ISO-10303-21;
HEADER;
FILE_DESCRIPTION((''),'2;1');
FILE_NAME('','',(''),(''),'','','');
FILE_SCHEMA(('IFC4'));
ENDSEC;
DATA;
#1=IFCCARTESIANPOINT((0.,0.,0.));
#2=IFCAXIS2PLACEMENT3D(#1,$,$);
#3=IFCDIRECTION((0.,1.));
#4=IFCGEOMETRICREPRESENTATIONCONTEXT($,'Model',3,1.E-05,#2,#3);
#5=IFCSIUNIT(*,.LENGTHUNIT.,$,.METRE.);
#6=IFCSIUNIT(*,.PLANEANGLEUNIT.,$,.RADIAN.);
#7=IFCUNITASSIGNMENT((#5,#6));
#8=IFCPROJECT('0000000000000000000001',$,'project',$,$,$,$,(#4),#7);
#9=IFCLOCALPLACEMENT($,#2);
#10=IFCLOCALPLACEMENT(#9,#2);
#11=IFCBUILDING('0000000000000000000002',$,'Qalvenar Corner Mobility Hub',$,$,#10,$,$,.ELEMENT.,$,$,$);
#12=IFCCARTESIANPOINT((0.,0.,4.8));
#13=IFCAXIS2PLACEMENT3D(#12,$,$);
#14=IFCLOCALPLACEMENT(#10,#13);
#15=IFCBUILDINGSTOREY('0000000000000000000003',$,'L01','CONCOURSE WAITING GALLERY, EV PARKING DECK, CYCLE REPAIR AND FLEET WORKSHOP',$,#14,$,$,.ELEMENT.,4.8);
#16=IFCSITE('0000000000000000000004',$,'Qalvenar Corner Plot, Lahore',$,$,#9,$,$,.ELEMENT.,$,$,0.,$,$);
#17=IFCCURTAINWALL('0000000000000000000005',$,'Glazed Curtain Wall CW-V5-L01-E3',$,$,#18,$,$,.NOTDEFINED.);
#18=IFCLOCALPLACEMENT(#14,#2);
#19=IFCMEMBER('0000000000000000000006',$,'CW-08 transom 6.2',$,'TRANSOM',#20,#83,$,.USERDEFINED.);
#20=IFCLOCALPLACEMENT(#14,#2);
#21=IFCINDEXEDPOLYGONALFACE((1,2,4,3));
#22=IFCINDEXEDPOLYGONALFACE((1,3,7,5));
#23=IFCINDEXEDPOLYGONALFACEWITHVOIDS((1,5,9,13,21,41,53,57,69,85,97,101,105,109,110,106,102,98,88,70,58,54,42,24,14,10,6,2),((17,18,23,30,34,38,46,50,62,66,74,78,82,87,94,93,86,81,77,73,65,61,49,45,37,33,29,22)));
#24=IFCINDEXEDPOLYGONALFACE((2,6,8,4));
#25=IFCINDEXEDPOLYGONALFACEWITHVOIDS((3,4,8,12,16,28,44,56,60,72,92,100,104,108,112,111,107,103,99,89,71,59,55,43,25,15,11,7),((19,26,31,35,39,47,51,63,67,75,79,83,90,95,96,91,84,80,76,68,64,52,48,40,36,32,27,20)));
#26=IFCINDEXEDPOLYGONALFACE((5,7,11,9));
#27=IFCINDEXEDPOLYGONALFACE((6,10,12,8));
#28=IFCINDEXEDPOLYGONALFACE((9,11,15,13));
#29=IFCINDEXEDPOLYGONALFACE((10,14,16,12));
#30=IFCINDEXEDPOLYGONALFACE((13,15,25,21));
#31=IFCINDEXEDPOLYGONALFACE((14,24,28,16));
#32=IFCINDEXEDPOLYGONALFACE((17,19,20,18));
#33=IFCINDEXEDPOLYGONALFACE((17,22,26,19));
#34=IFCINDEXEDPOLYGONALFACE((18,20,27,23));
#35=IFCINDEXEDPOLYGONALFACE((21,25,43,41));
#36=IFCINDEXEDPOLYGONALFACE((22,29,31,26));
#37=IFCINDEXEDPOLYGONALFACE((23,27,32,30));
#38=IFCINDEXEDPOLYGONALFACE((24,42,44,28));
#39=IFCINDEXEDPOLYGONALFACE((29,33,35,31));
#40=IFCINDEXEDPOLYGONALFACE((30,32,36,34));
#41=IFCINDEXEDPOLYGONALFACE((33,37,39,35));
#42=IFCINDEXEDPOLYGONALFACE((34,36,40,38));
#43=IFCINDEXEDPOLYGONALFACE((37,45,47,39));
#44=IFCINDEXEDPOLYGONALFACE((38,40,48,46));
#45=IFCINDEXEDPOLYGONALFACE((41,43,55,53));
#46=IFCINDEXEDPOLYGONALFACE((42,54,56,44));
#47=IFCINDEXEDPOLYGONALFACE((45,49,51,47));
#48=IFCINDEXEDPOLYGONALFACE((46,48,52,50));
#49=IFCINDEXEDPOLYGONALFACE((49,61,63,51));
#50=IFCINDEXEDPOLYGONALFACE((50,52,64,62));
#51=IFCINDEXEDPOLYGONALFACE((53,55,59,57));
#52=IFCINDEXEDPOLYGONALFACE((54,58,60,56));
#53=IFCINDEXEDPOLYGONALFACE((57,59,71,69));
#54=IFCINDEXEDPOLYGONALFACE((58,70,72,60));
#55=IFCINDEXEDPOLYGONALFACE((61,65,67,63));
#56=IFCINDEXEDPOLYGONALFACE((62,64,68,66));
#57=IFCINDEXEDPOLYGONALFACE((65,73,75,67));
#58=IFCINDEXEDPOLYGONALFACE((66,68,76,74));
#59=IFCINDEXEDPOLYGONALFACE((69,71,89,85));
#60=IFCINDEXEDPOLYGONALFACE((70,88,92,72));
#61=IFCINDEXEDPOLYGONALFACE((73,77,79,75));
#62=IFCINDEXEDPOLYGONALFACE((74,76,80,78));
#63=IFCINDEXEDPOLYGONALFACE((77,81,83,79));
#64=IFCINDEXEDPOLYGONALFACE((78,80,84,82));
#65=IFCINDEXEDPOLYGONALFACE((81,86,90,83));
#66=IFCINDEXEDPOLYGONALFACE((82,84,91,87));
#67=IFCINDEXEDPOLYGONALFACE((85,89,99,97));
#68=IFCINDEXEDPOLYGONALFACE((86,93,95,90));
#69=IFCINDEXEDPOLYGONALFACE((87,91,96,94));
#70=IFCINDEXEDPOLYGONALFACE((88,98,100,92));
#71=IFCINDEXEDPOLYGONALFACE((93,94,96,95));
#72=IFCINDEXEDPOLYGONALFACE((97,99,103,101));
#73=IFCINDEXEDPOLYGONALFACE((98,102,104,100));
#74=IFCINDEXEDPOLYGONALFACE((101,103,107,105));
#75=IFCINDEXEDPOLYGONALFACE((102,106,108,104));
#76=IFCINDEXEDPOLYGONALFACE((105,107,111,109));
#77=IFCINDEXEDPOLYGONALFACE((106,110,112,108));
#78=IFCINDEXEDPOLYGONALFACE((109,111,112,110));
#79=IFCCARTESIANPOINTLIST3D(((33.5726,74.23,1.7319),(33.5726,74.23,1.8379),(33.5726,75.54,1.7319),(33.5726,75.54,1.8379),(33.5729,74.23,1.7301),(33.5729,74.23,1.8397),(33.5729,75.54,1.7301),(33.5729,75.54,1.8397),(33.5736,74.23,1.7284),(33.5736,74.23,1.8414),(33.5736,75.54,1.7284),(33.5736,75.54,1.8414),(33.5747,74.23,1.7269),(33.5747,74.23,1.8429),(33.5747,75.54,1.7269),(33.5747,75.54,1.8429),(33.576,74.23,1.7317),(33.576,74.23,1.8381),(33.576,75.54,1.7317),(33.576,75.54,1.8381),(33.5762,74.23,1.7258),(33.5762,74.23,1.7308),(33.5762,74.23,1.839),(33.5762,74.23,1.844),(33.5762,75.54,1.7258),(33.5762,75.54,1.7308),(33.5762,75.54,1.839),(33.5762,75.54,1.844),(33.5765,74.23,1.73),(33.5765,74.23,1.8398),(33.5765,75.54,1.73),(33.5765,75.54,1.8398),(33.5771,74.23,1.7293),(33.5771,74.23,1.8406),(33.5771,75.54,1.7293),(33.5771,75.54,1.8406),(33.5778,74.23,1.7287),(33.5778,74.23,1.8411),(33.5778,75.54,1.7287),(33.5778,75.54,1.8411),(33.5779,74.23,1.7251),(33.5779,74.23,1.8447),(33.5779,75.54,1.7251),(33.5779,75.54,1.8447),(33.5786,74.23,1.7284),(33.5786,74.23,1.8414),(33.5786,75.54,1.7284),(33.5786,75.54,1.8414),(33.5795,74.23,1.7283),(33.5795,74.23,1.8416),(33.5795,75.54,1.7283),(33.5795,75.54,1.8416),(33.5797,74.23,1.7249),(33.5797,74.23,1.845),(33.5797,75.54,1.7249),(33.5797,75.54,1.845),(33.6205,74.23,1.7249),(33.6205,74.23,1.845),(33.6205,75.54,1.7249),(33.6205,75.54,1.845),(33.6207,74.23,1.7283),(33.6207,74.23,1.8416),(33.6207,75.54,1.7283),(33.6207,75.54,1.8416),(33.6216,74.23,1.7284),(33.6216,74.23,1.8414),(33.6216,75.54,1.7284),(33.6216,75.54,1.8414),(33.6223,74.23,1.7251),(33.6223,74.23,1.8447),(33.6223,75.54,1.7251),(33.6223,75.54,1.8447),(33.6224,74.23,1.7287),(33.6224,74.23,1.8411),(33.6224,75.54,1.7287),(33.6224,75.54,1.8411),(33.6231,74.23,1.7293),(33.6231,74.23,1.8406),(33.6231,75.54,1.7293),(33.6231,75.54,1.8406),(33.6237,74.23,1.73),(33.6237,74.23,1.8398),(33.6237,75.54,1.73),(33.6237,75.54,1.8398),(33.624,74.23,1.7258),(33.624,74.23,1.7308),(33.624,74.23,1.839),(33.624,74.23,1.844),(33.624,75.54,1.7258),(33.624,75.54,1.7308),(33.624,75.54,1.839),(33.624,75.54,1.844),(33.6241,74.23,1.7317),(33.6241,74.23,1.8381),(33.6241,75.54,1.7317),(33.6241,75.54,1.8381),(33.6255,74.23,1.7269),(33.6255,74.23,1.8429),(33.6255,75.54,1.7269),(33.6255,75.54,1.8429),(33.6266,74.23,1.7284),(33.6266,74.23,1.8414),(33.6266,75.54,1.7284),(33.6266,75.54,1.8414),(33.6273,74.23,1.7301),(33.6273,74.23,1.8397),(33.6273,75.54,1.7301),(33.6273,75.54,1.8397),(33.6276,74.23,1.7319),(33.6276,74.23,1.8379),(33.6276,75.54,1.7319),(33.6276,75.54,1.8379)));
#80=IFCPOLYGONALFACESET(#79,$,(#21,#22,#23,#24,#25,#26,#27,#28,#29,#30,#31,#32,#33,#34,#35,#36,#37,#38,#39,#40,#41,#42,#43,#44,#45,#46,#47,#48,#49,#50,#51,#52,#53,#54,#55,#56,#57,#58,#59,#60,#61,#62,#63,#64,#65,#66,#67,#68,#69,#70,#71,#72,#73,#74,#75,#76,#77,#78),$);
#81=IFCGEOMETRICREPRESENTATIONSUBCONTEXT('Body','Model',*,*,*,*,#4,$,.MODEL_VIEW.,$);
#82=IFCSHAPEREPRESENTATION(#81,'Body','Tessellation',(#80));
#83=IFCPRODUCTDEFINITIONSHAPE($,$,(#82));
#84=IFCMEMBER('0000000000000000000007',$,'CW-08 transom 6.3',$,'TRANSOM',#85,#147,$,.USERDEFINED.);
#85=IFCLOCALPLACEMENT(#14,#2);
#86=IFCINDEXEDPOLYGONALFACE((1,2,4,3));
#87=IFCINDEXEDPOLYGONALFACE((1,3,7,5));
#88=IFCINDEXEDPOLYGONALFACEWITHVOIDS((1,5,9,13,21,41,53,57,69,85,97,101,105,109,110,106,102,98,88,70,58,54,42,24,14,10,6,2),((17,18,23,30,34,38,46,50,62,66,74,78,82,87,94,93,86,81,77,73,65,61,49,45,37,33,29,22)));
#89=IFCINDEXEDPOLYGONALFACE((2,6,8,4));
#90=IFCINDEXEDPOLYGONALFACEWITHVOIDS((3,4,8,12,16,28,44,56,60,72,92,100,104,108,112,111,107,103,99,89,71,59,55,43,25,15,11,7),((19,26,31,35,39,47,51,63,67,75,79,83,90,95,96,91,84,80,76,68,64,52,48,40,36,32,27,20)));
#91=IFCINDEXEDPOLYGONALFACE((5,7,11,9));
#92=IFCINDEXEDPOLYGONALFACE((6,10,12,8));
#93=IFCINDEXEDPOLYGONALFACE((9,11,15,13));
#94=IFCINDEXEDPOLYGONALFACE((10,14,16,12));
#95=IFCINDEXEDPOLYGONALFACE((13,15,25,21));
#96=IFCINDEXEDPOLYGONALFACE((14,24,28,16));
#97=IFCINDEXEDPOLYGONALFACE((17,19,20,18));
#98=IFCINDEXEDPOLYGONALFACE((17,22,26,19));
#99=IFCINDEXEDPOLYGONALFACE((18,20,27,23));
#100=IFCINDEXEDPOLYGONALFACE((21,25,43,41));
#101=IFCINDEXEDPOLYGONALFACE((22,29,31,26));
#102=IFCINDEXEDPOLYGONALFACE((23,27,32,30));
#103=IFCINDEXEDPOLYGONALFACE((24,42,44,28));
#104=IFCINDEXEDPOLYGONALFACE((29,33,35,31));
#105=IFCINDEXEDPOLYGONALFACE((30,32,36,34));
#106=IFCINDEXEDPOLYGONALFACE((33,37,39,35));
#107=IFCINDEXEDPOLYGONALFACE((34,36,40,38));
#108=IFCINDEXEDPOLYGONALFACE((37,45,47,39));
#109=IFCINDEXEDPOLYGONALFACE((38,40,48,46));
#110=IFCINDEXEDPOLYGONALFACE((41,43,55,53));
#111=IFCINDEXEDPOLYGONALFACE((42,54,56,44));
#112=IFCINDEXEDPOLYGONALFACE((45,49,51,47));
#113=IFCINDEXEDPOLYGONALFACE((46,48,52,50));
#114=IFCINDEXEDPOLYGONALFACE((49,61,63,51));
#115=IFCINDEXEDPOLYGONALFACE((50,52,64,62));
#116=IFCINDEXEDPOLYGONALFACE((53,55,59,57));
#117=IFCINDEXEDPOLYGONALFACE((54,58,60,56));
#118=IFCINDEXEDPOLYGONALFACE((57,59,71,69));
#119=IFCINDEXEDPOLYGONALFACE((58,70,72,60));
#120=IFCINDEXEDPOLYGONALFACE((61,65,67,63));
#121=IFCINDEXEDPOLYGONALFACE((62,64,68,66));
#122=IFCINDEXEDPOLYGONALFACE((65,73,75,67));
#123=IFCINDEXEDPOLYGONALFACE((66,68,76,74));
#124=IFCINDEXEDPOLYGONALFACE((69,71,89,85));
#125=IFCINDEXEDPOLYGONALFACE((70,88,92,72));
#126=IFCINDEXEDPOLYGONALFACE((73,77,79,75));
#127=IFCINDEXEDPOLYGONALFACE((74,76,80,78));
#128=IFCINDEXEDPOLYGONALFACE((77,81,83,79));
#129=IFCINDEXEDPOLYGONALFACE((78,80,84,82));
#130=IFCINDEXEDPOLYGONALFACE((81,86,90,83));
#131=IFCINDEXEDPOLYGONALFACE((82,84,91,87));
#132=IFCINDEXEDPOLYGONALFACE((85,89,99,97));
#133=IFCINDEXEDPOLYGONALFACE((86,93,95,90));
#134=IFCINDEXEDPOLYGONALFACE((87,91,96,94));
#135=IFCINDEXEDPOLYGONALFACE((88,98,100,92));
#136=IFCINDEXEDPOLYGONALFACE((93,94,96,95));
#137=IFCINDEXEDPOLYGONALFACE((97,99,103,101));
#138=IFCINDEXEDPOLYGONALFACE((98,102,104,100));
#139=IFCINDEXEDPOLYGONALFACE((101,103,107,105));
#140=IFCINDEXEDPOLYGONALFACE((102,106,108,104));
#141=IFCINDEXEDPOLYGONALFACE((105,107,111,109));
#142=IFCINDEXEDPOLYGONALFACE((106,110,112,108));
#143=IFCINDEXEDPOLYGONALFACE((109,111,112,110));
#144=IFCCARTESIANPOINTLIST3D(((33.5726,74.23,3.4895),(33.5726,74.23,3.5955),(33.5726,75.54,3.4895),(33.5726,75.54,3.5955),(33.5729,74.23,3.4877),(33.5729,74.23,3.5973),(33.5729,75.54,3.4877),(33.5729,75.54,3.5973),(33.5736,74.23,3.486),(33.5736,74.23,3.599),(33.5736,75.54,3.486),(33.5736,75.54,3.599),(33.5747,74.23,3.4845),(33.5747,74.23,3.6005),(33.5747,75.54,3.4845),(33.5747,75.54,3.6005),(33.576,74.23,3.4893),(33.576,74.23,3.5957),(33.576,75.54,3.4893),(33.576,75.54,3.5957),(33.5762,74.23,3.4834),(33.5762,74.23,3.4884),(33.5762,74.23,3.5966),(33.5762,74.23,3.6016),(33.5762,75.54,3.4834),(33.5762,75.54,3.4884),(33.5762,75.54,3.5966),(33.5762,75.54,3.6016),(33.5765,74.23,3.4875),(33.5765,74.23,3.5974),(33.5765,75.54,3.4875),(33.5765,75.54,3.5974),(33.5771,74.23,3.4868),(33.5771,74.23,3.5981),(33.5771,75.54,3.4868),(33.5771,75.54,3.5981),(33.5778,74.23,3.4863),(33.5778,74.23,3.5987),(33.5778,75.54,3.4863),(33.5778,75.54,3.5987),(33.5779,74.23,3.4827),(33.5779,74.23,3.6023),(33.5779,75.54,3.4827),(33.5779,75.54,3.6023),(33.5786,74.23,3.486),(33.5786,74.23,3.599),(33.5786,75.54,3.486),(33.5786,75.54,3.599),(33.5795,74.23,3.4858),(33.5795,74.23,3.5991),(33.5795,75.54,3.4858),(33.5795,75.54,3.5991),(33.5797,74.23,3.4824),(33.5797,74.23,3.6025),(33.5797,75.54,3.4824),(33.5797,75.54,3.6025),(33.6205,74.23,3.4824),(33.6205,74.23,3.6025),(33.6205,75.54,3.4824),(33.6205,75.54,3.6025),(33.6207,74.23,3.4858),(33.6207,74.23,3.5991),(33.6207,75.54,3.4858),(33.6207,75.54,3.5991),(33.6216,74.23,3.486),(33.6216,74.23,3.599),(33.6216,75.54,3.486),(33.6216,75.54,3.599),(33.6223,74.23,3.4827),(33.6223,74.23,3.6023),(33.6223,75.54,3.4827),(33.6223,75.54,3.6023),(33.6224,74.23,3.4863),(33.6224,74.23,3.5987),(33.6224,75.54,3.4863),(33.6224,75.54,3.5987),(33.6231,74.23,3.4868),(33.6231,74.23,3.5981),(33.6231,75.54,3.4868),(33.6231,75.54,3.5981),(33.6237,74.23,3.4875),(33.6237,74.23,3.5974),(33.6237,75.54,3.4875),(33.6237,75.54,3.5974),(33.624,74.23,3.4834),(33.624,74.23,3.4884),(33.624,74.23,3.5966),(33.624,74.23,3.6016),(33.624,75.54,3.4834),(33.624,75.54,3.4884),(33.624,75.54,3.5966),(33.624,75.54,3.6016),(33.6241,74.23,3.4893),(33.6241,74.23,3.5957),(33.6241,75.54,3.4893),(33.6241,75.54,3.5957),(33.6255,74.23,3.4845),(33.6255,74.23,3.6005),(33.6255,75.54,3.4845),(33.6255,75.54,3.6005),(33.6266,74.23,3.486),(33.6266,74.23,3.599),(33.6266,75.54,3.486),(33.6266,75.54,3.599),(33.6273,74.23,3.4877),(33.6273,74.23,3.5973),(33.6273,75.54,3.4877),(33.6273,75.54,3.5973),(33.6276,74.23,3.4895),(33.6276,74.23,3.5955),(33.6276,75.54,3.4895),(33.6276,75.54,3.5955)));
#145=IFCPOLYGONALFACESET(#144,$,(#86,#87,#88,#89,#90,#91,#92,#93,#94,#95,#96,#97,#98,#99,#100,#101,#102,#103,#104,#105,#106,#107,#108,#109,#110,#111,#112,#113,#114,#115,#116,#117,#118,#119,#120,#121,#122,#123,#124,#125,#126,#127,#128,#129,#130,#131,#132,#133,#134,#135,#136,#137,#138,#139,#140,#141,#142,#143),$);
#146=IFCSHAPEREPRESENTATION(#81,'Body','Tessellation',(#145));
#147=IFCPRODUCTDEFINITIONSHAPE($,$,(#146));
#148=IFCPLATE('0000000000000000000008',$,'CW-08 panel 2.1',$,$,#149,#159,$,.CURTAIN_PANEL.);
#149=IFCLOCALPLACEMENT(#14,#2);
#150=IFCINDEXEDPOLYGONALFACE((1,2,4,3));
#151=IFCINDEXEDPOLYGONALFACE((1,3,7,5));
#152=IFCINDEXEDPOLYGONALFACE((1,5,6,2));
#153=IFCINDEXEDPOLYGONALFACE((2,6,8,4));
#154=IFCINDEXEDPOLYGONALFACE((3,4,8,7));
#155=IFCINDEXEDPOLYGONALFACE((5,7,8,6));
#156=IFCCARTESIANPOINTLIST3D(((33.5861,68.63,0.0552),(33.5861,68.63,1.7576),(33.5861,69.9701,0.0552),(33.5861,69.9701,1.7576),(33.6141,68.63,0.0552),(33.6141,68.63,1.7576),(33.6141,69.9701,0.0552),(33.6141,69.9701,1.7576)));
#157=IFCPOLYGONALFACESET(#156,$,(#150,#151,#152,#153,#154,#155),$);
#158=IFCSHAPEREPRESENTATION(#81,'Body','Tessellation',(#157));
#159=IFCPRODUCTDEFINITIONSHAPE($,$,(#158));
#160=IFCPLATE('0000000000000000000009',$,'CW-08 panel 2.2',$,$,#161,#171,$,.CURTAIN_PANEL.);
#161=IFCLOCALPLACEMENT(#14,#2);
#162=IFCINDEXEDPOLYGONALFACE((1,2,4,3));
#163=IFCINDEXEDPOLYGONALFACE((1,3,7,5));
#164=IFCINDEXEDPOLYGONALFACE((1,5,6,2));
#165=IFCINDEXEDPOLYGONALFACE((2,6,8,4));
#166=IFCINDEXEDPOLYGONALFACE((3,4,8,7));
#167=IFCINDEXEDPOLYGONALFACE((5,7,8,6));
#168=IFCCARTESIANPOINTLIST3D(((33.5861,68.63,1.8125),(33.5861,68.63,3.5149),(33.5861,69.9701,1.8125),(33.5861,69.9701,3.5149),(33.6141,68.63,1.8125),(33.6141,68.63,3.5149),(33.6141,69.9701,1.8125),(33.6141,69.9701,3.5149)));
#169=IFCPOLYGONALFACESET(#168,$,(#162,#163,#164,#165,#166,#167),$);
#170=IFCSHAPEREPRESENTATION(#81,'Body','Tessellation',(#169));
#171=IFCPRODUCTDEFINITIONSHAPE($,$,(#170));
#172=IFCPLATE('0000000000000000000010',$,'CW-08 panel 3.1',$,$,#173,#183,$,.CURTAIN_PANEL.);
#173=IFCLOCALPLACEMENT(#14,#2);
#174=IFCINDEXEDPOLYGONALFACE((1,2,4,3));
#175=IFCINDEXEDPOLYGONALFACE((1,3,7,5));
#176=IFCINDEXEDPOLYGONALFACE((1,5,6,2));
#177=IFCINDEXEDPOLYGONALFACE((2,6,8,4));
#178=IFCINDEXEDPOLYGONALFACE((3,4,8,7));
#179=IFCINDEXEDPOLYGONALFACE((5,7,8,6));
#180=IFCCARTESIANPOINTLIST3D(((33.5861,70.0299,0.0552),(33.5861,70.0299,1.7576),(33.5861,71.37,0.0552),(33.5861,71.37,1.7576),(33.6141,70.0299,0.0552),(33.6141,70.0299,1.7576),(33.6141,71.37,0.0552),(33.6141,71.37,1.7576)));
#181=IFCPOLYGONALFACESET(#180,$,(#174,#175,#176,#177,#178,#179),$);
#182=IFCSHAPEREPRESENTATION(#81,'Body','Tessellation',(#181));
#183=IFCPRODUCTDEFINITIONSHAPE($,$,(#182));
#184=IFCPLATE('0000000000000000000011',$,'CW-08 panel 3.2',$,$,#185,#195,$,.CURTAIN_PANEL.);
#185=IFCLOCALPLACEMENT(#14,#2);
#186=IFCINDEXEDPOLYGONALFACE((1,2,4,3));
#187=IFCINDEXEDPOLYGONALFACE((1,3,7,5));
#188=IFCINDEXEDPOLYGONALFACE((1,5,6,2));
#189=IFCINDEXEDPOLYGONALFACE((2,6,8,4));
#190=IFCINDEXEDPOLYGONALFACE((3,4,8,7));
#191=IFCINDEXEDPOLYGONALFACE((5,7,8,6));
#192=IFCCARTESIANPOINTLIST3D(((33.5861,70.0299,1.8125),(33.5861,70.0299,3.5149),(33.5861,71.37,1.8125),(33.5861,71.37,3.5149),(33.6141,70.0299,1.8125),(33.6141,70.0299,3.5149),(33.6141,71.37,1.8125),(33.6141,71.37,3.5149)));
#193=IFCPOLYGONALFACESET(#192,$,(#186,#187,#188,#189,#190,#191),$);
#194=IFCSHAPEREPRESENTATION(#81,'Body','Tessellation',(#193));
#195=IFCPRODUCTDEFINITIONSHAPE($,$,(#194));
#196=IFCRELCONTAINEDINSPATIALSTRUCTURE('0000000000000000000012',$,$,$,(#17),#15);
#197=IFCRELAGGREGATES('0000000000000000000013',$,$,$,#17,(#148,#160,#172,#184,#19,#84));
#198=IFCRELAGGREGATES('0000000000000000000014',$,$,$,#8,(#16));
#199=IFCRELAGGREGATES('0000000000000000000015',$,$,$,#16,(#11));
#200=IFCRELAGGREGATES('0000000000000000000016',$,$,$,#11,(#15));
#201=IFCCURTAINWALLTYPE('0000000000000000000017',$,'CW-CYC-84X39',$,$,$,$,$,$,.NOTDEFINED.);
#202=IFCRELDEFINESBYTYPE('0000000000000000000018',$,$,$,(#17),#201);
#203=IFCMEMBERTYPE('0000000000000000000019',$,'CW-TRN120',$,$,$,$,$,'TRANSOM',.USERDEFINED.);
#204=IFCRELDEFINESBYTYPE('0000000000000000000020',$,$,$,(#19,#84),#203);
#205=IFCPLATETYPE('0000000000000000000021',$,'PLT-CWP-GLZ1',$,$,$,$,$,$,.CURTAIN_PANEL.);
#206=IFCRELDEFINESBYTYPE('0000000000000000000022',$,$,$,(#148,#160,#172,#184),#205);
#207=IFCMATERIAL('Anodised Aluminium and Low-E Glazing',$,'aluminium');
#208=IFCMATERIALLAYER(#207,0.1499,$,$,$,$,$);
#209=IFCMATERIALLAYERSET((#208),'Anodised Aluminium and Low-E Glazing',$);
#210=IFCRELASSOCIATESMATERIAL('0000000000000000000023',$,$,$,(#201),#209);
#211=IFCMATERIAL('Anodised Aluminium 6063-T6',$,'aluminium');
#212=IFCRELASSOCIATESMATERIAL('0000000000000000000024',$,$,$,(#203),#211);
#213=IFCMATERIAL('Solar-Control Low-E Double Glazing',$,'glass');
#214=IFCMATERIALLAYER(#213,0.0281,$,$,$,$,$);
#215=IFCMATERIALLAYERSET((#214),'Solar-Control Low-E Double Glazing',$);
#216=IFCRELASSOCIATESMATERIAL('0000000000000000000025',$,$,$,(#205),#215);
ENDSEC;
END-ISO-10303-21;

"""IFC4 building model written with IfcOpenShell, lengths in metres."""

from ifc_helpers import new_model, si_unit, direction, frame, origin, origin_2d, place, context, subcontext, project, spatial, rectangle, hollow_rectangle, extrude, material, layer, layer_set, material_profile, profile_set, type_object, element, aggregate, save


model = new_model("IFC4")

# Units and contexts
model_context = context("Model", 3, precision=1e-05, world=origin(), true_north=direction((0.0, 1.0)))
body_context = subcontext(model_context, "Body", "Model", "MODEL_VIEW")
ifc_project = project(units=[si_unit("LENGTHUNIT", "METRE"), si_unit("PLANEANGLEUNIT", "RADIAN")], contexts=[model_context])

# Site, building, storey
site_placement = place(None, origin())
site = spatial("IfcSite", under=ifc_project, at=site_placement, Name="Qalvenar Corner Plot, Lahore", CompositionType="ELEMENT", RefElevation=0.0)
building_placement = place(site_placement, origin())
building = spatial("IfcBuilding", under=site, at=building_placement, Name="Qalvenar Corner Mobility Hub", CompositionType="ELEMENT")
storey_placement = place(building_placement, frame((0.0, 0.0, 4.8)))
storey = spatial("IfcBuildingStorey", under=building, at=storey_placement, Name="L01", Description="CONCOURSE WAITING GALLERY, EV PARKING DECK, CYCLE REPAIR AND FLEET WORKSHOP", CompositionType="ELEMENT", Elevation=4.8)

# Curtain wall, members, plates
ifc_material_1 = material(Name="Anodised Aluminium and Low-E Glazing", Category="aluminium")
ifc_layer_1 = layer(ifc_material_1, 0.1499)
ifc_layer_set_1 = layer_set([ifc_layer_1], Name="Anodised Aluminium and Low-E Glazing")
curtain_wall_type = type_object("IfcCurtainWallType", Name="CW-CYC-84X39", PredefinedType="NOTDEFINED", material=ifc_layer_set_1)
curtain_wall_placement = place(storey_placement, origin())
curtain_wall = element("IfcCurtainWall", 1, at=curtain_wall_placement, inside=storey, type_object=curtain_wall_type, Name="Glazed Curtain Wall CW-V5-L01-E3", PredefinedType="NOTDEFINED")
ifc_material_2 = material(Name="Anodised Aluminium 6063-T6", Category="aluminium")
ifc_material_profile_1 = material_profile(ifc_material_2, hollow_rectangle(XDim=0.0549, YDim=0.1201, WallThickness=0.0034, InnerFilletRadius=0.0034, OuterFilletRadius=0.0071, at=origin_2d()), Name="RHS120x55x3.5")
ifc_profile_set_1 = profile_set([ifc_material_profile_1], Name="Anodised Aluminium 6063-T6")
member_type_1 = type_object("IfcMemberType", Name="CW-TRN120", ElementType="TRANSOM", PredefinedType="USERDEFINED", material=ifc_profile_set_1)
member_1_placement = place(storey_placement, frame((33.6001, 74.23, 1.7849), z_axis=(0.0, 1.0, 0.0), x_axis=(-1.0, 0.0, 0.0)))
member_1 = element("IfcMember", 2, at=member_1_placement, type_object=member_type_1, Name="CW-08 transom 6.2", ObjectType="TRANSOM", PredefinedType="USERDEFINED", context=body_context, shape_type="SweptSolid", body=[
    extrude(hollow_rectangle(XDim=0.0549, YDim=0.1201, WallThickness=0.0034, InnerFilletRadius=0.0034, OuterFilletRadius=0.0071, at=origin_2d()), origin(), (0.0, 0.0, 1.0), 1.3101),
])
member_2_placement = place(storey_placement, frame((33.6001, 74.23, 3.5425), z_axis=(0.0, 1.0, 0.0), x_axis=(-1.0, 0.0, 0.0)))
member_2 = element("IfcMember", 3, at=member_2_placement, type_object=member_type_1, Name="CW-08 transom 6.3", ObjectType="TRANSOM", PredefinedType="USERDEFINED", context=body_context, shape_type="SweptSolid", body=[
    extrude(hollow_rectangle(XDim=0.0549, YDim=0.1201, WallThickness=0.0034, InnerFilletRadius=0.0034, OuterFilletRadius=0.0071, at=origin_2d()), origin(), (0.0, 0.0, 1.0), 1.3101),
])
ifc_material_3 = material(Name="Solar-Control Low-E Double Glazing", Category="glass")
ifc_layer_2 = layer(ifc_material_3, 0.0281)
ifc_layer_set_2 = layer_set([ifc_layer_2], Name="Solar-Control Low-E Double Glazing")
plate_type = type_object("IfcPlateType", Name="PLT-CWP-GLZ1", PredefinedType="CURTAIN_PANEL", material=ifc_layer_set_2)
plate_1_placement = place(storey_placement, frame((33.6001, 69.3, 0.0552), z_axis=(0.0, 0.0, 1.0), x_axis=(0.0, 1.0, 0.0)))
plate_1 = element("IfcPlate", 4, at=plate_1_placement, type_object=plate_type, Name="CW-08 panel 2.1", PredefinedType="CURTAIN_PANEL", context=body_context, shape_type="SweptSolid", body=[
    extrude(rectangle(XDim=1.3401, YDim=0.0281, at=origin_2d()), origin(), (0.0, 0.0, 1.0), 1.7024),
])
plate_2_placement = place(storey_placement, frame((33.6001, 69.3, 1.8125), z_axis=(0.0, 0.0, 1.0), x_axis=(0.0, 1.0, 0.0)))
plate_2 = element("IfcPlate", 5, at=plate_2_placement, type_object=plate_type, Name="CW-08 panel 2.2", PredefinedType="CURTAIN_PANEL", context=body_context, shape_type="SweptSolid", body=[
    extrude(rectangle(XDim=1.3401, YDim=0.0281, at=origin_2d()), origin(), (0.0, 0.0, 1.0), 1.7024),
])
plate_3_placement = place(storey_placement, frame((33.6001, 70.7, 0.0552), z_axis=(0.0, 0.0, 1.0), x_axis=(0.0, 1.0, 0.0)))
plate_3 = element("IfcPlate", 6, at=plate_3_placement, type_object=plate_type, Name="CW-08 panel 3.1", PredefinedType="CURTAIN_PANEL", context=body_context, shape_type="SweptSolid", body=[
    extrude(rectangle(XDim=1.3401, YDim=0.0281, at=origin_2d()), origin(), (0.0, 0.0, 1.0), 1.7024),
])
plate_4_placement = place(storey_placement, frame((33.6001, 70.7, 1.8125), z_axis=(0.0, 0.0, 1.0), x_axis=(0.0, 1.0, 0.0)))
plate_4 = element("IfcPlate", 7, at=plate_4_placement, type_object=plate_type, Name="CW-08 panel 3.2", PredefinedType="CURTAIN_PANEL", context=body_context, shape_type="SweptSolid", body=[
    extrude(rectangle(XDim=1.3401, YDim=0.0281, at=origin_2d()), origin(), (0.0, 0.0, 1.0), 1.7024),
])
aggregate(curtain_wall, [plate_1, plate_2, plate_3, plate_4, member_1, member_2])

save(model, "model.ifc")
